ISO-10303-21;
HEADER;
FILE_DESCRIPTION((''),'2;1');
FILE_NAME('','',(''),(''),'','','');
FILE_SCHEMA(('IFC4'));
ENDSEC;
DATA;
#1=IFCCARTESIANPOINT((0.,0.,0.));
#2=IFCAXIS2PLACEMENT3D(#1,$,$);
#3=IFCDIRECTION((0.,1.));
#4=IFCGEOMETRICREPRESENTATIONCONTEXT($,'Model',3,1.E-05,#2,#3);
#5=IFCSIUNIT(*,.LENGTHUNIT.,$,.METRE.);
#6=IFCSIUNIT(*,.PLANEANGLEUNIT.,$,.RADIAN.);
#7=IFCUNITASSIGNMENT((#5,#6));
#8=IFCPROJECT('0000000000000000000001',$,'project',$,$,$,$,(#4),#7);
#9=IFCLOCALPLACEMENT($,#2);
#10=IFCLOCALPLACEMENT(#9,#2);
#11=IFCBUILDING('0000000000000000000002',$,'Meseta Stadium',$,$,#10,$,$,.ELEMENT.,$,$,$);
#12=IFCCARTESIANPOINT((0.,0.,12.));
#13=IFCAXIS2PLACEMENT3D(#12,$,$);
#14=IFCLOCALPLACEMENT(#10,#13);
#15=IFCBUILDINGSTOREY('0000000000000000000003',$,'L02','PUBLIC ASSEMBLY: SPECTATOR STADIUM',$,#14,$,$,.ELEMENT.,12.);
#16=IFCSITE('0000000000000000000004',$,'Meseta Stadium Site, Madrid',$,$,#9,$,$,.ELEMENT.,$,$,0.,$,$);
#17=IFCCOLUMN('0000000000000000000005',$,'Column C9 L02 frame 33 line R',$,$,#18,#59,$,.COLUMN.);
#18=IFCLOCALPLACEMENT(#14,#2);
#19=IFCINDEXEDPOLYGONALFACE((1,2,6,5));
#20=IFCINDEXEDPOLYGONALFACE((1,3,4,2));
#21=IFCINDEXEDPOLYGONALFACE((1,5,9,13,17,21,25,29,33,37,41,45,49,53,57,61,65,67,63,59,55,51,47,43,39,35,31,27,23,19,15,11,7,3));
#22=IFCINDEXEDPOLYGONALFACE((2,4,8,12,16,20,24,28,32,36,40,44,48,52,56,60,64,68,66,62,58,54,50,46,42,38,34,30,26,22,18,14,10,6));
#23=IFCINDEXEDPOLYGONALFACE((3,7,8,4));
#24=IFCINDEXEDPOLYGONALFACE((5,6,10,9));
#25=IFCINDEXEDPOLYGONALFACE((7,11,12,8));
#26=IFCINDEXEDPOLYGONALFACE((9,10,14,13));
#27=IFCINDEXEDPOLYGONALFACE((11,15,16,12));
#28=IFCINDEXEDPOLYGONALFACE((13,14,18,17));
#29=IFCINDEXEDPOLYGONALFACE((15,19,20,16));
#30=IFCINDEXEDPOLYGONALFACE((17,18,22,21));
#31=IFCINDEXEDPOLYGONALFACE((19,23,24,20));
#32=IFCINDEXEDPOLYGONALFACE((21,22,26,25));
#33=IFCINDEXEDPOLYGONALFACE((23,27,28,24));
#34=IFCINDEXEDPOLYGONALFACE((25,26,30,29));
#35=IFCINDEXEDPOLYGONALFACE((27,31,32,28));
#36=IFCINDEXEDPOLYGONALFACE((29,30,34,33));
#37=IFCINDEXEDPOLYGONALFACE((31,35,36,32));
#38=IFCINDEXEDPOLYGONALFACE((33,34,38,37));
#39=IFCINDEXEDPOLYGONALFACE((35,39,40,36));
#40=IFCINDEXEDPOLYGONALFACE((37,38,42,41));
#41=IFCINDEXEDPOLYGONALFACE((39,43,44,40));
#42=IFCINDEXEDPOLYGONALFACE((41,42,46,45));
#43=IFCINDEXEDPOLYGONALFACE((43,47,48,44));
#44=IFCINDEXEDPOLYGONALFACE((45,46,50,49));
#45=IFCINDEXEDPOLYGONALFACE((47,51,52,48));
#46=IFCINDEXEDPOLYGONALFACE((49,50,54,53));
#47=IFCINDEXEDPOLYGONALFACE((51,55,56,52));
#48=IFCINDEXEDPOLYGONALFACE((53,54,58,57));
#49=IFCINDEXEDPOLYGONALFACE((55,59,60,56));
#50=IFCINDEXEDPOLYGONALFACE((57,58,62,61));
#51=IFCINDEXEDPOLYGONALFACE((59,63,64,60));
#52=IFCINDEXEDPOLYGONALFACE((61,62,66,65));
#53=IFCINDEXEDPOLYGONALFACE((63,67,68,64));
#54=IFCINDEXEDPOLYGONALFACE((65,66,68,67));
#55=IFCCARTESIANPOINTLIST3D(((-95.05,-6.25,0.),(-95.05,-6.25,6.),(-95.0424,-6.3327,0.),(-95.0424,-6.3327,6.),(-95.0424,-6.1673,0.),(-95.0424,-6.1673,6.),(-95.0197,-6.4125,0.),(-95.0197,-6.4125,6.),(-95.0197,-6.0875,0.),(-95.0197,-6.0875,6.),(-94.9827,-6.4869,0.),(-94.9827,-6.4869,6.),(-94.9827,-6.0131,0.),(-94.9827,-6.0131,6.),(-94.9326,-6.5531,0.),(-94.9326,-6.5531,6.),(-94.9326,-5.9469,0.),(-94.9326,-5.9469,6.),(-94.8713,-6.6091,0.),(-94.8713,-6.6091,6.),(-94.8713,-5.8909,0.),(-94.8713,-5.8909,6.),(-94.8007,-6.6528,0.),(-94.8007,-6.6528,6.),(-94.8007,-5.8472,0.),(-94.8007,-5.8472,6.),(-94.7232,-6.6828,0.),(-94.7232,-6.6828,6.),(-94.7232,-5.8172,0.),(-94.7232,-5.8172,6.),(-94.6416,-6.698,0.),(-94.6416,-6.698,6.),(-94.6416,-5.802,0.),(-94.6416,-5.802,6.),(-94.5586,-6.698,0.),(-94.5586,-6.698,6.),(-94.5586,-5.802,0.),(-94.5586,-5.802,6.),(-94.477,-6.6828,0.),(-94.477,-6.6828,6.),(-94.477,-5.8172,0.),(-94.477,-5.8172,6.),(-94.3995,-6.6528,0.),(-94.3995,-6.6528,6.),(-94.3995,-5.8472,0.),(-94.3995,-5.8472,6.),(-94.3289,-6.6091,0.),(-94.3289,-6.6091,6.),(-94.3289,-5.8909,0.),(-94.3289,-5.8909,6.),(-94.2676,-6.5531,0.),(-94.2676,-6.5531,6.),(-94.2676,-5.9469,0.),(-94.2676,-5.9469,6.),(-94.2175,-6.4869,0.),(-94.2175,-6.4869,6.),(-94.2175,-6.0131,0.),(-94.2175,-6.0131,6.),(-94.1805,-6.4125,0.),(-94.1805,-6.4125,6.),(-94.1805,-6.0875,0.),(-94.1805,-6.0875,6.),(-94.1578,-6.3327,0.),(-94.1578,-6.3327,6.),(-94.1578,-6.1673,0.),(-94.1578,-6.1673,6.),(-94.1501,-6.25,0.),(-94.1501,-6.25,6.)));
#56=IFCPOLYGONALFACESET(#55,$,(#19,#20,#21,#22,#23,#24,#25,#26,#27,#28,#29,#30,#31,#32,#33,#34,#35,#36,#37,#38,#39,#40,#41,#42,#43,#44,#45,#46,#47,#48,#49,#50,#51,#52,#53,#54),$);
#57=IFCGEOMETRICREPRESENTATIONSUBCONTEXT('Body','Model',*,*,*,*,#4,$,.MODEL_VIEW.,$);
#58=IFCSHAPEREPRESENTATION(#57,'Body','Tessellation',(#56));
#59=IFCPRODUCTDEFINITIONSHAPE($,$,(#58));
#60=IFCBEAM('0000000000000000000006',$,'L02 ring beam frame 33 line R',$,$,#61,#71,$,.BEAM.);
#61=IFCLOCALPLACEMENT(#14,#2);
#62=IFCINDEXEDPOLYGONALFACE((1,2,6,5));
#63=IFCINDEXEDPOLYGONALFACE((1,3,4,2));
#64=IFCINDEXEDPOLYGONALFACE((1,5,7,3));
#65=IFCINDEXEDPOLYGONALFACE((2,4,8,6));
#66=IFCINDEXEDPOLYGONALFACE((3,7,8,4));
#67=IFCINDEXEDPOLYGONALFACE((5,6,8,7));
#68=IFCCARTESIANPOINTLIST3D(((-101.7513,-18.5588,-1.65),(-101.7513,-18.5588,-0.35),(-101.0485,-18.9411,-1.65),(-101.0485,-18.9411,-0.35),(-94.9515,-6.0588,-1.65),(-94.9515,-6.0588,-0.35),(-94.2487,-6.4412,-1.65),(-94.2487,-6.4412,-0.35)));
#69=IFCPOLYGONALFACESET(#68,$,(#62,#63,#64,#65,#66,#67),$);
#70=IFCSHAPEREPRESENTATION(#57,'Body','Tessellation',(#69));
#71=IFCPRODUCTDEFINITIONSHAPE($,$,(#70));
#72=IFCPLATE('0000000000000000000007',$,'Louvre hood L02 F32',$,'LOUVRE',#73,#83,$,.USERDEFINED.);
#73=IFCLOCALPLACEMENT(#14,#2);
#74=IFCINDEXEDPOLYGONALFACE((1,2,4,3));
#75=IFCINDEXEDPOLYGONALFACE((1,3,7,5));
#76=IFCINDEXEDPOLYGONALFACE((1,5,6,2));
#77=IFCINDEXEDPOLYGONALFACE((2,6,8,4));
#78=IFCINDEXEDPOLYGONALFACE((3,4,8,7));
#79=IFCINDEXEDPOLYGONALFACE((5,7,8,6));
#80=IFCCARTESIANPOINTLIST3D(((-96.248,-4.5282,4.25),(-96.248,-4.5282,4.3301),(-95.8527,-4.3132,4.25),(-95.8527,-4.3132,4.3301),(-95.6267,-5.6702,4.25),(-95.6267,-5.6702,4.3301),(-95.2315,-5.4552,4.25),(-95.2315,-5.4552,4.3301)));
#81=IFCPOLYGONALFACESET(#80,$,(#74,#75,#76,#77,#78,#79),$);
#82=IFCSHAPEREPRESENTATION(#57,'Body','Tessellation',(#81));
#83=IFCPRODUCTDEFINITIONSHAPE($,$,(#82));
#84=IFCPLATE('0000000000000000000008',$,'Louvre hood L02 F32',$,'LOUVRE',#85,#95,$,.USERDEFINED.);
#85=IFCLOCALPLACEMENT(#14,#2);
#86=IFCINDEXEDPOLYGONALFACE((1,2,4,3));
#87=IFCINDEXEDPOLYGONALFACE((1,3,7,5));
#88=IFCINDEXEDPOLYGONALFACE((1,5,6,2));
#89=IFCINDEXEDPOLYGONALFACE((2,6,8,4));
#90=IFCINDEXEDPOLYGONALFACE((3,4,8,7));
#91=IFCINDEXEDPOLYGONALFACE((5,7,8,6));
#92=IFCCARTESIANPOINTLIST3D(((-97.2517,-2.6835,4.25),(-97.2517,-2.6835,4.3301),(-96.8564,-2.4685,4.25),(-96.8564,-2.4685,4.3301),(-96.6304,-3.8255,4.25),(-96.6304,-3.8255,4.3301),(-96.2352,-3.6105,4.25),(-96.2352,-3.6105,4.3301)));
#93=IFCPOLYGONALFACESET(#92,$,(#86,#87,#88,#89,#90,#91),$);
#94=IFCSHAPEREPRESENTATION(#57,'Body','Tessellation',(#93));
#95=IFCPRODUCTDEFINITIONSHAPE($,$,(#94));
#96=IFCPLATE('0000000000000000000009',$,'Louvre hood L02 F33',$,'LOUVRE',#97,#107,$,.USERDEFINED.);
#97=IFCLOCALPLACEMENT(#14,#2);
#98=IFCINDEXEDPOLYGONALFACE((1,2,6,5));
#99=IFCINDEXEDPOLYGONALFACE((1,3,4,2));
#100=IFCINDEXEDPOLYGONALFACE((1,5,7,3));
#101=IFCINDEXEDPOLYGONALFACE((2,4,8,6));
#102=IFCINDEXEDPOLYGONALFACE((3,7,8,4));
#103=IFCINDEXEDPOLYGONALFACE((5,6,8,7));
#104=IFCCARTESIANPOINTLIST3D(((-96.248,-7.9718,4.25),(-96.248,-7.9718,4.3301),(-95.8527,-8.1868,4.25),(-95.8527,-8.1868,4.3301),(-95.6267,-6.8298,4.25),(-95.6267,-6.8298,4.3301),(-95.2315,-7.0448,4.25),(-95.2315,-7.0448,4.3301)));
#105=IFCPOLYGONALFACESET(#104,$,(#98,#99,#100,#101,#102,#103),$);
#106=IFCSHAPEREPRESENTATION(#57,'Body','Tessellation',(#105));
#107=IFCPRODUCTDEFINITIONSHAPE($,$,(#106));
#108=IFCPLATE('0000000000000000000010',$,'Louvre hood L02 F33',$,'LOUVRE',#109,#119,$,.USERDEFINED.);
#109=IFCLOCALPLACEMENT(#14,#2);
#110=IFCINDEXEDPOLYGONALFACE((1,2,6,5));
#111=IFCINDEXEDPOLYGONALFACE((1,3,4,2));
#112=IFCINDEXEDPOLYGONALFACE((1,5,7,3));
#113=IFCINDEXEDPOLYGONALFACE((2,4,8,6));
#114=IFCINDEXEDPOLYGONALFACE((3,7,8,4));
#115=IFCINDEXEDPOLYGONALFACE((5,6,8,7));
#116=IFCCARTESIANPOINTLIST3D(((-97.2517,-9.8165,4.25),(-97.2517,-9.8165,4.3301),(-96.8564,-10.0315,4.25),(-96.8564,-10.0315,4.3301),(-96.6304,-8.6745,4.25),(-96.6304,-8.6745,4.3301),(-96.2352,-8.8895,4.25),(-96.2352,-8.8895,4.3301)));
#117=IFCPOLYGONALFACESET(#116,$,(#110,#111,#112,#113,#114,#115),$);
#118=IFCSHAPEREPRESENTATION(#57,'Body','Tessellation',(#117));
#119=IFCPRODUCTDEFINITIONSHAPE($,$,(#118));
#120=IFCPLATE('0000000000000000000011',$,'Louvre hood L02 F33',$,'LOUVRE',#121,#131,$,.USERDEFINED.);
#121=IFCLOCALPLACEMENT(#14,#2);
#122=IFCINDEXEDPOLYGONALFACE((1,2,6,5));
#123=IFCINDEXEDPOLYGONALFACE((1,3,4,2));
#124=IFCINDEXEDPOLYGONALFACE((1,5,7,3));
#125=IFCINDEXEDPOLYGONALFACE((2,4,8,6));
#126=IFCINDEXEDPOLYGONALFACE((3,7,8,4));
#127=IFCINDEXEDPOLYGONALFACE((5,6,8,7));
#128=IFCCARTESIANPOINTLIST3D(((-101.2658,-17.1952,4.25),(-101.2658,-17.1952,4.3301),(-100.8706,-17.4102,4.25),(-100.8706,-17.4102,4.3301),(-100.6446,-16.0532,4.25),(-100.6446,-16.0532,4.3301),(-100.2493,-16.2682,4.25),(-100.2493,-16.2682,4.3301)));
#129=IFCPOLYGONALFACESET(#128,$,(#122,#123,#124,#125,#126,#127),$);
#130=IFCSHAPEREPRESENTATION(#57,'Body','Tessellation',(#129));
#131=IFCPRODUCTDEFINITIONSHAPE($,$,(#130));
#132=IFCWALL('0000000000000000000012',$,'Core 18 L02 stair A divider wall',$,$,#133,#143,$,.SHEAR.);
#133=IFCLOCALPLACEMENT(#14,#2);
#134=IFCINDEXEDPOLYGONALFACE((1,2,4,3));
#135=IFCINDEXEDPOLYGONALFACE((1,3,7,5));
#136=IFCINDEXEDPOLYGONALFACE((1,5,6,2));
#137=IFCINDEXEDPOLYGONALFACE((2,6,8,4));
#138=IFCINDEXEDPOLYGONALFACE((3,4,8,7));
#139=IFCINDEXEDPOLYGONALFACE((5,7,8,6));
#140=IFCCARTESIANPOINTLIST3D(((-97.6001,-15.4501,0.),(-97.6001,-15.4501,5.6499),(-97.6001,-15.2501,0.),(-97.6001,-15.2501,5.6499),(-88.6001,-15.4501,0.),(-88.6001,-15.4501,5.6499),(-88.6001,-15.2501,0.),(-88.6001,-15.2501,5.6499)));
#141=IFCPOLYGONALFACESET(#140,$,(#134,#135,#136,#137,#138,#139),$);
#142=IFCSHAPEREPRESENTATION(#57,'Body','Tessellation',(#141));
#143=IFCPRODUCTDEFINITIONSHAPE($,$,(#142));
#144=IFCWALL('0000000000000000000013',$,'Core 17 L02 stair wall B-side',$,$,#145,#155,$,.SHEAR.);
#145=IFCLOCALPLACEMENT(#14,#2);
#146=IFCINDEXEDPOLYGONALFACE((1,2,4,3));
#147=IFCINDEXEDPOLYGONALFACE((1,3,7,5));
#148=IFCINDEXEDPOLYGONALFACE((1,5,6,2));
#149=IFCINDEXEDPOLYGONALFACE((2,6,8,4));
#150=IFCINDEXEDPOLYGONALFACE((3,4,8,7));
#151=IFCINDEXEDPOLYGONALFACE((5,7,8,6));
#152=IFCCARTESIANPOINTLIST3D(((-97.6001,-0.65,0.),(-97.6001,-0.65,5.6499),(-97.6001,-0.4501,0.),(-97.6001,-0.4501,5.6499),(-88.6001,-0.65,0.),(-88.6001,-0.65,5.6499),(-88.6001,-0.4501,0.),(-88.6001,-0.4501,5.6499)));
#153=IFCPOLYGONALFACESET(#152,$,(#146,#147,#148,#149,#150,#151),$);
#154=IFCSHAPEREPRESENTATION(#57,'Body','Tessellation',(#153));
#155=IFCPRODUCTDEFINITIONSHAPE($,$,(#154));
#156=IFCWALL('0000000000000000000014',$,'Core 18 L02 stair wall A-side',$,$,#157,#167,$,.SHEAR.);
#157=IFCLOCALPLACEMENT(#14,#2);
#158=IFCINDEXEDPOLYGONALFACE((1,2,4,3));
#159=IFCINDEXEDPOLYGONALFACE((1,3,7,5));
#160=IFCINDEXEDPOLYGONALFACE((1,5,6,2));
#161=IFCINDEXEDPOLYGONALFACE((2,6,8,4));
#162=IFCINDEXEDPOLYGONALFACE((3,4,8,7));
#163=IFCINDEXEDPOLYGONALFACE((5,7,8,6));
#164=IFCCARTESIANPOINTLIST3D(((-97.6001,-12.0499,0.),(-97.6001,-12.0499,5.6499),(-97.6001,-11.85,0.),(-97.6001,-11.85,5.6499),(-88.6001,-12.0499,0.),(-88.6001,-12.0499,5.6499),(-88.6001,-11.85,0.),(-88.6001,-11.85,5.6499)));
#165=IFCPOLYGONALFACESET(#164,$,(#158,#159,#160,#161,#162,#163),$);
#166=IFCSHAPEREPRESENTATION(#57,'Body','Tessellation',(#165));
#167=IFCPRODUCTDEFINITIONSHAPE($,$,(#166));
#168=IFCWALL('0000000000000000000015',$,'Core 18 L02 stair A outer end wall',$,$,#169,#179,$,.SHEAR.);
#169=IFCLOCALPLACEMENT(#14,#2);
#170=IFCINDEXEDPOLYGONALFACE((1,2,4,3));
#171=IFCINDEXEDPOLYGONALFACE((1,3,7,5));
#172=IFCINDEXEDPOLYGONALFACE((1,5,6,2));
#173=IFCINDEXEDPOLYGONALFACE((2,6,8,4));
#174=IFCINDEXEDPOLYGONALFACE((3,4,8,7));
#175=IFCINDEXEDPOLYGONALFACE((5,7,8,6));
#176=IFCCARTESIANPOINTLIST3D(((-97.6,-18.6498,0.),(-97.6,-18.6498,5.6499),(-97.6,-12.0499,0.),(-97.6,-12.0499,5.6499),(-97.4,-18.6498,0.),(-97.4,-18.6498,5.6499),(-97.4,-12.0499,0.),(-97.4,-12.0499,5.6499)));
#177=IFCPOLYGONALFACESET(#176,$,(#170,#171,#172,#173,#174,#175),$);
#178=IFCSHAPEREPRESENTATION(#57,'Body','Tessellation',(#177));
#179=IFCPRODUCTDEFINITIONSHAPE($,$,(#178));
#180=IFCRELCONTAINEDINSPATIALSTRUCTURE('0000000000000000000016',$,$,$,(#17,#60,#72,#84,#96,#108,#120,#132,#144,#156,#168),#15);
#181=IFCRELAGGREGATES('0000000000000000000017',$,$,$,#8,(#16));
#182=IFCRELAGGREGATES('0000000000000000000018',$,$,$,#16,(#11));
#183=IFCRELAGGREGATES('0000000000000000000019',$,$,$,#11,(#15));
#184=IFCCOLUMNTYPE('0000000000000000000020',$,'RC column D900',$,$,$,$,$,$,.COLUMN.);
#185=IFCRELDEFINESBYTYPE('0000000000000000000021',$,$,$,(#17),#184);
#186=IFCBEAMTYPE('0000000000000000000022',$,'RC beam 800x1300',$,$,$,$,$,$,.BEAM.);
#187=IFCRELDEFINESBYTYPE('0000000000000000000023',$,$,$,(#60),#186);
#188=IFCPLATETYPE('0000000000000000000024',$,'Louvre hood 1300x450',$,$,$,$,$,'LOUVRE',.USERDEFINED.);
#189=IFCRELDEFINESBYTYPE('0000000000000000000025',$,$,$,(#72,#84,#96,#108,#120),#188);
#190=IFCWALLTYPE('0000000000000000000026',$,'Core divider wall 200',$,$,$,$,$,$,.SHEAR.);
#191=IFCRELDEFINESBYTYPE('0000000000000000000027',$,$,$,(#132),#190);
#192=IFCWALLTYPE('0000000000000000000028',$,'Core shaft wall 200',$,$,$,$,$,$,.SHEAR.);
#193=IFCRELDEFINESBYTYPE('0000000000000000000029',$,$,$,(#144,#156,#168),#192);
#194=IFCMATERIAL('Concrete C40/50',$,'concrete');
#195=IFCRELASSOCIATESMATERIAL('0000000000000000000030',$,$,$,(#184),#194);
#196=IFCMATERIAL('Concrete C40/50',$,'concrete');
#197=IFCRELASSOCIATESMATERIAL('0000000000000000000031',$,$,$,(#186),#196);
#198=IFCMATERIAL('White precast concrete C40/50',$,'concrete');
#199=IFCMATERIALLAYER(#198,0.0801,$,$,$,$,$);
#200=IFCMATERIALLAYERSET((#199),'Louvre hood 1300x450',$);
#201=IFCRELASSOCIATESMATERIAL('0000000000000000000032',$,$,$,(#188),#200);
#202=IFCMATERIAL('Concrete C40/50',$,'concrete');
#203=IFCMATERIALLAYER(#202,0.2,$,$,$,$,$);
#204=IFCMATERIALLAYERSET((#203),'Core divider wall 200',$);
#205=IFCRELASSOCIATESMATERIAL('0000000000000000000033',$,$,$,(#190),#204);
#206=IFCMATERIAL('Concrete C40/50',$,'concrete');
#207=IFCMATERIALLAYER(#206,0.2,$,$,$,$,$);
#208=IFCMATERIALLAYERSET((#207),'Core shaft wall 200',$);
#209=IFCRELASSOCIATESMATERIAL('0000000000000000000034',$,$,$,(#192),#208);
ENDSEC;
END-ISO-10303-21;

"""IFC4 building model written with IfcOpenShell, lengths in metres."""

from ifc_helpers import new_model, si_unit, direction, frame, frame_2d, origin, origin_2d, place, context, subcontext, project, spatial, rectangle, circle, extrude, material, layer, layer_set, material_profile, profile_set, type_object, element, save


model = new_model("IFC4")

# Units and contexts
model_context = context("Model", 3, precision=1e-05, world=origin(), true_north=direction((0.0, 1.0)))
body_context = subcontext(model_context, "Body", "Model", "MODEL_VIEW")
ifc_project = project(units=[si_unit("LENGTHUNIT", "METRE"), si_unit("PLANEANGLEUNIT", "RADIAN")], contexts=[model_context])

# Site, building, storey
site_placement = place(None, origin())
site = spatial("IfcSite", under=ifc_project, at=site_placement, Name="Meseta Stadium Site, Madrid", CompositionType="ELEMENT", RefElevation=0.0)
building_placement = place(site_placement, origin())
building = spatial("IfcBuilding", under=site, at=building_placement, Name="Meseta Stadium", CompositionType="ELEMENT")
storey_placement = place(building_placement, frame((0.0, 0.0, 12.0)))
storey = spatial("IfcBuildingStorey", under=building, at=storey_placement, Name="L02", Description="PUBLIC ASSEMBLY: SPECTATOR STADIUM", CompositionType="ELEMENT", Elevation=12.0)

# Column
ifc_material_1 = material(Name="Concrete C40/50", Category="concrete")
ifc_material_profile_1 = material_profile(ifc_material_1, circle(Radius=0.45, at=origin_2d()), Name="RC D900")
ifc_profile_set_1 = profile_set([ifc_material_profile_1], Name="Concrete C40/50")
column_type = type_object("IfcColumnType", Name="RC column D900", PredefinedType="COLUMN", material=ifc_profile_set_1)
column_placement = place(storey_placement, frame((-94.6001, -6.25, 0.0), z_axis=(0.0, 0.0, 1.0), x_axis=(1.0, 0.0, 0.0)))
element("IfcColumn", 1, at=column_placement, inside=storey, type_object=column_type, Name="Column C9 L02 frame 33 line R", PredefinedType="COLUMN", context=body_context, shape_type="SweptSolid", body=[
    extrude(circle(Radius=0.45, at=origin_2d()), origin(), (0.0, 0.0, 1.0), 6.0),
])

# Beam
ifc_material_2 = material(Name="Concrete C40/50", Category="concrete")
ifc_material_profile_2 = material_profile(ifc_material_2, rectangle(XDim=0.8, YDim=1.3, at=origin_2d()), Name="RC 800x1300")
ifc_profile_set_2 = profile_set([ifc_material_profile_2], Name="Concrete C40/50")
beam_type = type_object("IfcBeamType", Name="RC beam 800x1300", PredefinedType="BEAM", material=ifc_profile_set_2)
beam_placement = place(storey_placement, frame((-94.6001, -6.25, -1.0), z_axis=(-0.477856, -0.878438, 0.0), x_axis=(0.878438, -0.477856, 0.0)))
element("IfcBeam", 2, at=beam_placement, inside=storey, type_object=beam_type, Name="L02 ring beam frame 33 line R", PredefinedType="BEAM", context=body_context, shape_type="SweptSolid", body=[
    extrude(rectangle(XDim=0.8, YDim=1.3, at=origin_2d()), origin(), (0.0, 0.0, 1.0), 14.2297),
])

# Plates
ifc_material_3 = material(Name="White precast concrete C40/50", Category="concrete")
ifc_layer_1 = layer(ifc_material_3, 0.0801)
ifc_layer_set_1 = layer_set([ifc_layer_1], Name="Louvre hood 1300x450")
plate_type = type_object("IfcPlateType", Name="Louvre hood 1300x450", ElementType="LOUVRE", PredefinedType="USERDEFINED", material=ifc_layer_set_1)
for number, where, z_axis, x_axis, name in (
    (3, (-95.7397, -4.9917, 4.25), (0.0, 0.0, 1.0), (0.477867, -0.878432, 0.0), "Louvre hood L02 F32"),
    (4, (-96.7434, -3.147, 4.25), (0.0, 0.0, 1.0), (0.477867, -0.878432, 0.0), "Louvre hood L02 F32"),
    (5, (-95.7397, -7.5083, 4.25), (0.0, 0.0, 1.0), (-0.477867, -0.878432, 0.0), "Louvre hood L02 F33"),
    (6, (-96.7434, -9.353, 4.25), (0.0, 0.0, 1.0), (-0.477867, -0.878432, 0.0), "Louvre hood L02 F33"),
    (7, (-100.7576, -16.7317, 4.25), (0.0, 0.0, 1.0), (-0.477867, -0.878432, 0.0), "Louvre hood L02 F33"),
):
    element("IfcPlate", number, at=place(storey_placement, frame(where, z_axis=z_axis, x_axis=x_axis)), inside=storey, type_object=plate_type, Name=name, ObjectType="LOUVRE", PredefinedType="USERDEFINED", context=body_context, shape_type="SweptSolid", body=[
        extrude(rectangle(XDim=1.3, YDim=0.45, at=origin_2d()), origin(), (0.0, 0.0, 1.0), 0.0801),
    ])

# Walls
ifc_material_4 = material(Name="Concrete C40/50", Category="concrete")
ifc_layer_2 = layer(ifc_material_4, 0.2)
ifc_layer_set_2 = layer_set([ifc_layer_2], Name="Core divider wall 200")
wall_type_1 = type_object("IfcWallType", Name="Core divider wall 200", PredefinedType="SHEAR", material=ifc_layer_set_2)
wall_1_placement = place(storey_placement, frame((-97.6001, -15.3501, 0.0), z_axis=(0.0, 0.0, 1.0), x_axis=(1.0, 0.0, 0.0)))
element("IfcWall", 8, at=wall_1_placement, inside=storey, type_object=wall_type_1, Name="Core 18 L02 stair A divider wall", PredefinedType="SHEAR", context=body_context, shape_type="SweptSolid", body=[
    extrude(rectangle(XDim=9.0, YDim=0.2, at=frame_2d((4.5, 0.0))), origin(), (0.0, 0.0, 1.0), 5.6499),
])
ifc_material_5 = material(Name="Concrete C40/50", Category="concrete")
ifc_layer_3 = layer(ifc_material_5, 0.2)
ifc_layer_set_3 = layer_set([ifc_layer_3], Name="Core shaft wall 200")
wall_type_2 = type_object("IfcWallType", Name="Core shaft wall 200", PredefinedType="SHEAR", material=ifc_layer_set_3)
for number, where, z_axis, x_axis, name in (
    (9, (-97.6001, -0.55, 0.0), (0.0, 0.0, 1.0), (1.0, 0.0, 0.0), "Core 17 L02 stair wall B-side"),
    (10, (-97.6001, -11.95, 0.0), (0.0, 0.0, 1.0), (1.0, 0.0, 0.0), "Core 18 L02 stair wall A-side"),
):
    element("IfcWall", number, at=place(storey_placement, frame(where, z_axis=z_axis, x_axis=x_axis)), inside=storey, type_object=wall_type_2, Name=name, PredefinedType="SHEAR", context=body_context, shape_type="SweptSolid", body=[
        extrude(rectangle(XDim=9.0, YDim=0.2, at=frame_2d((4.5, 0.0))), origin(), (0.0, 0.0, 1.0), 5.6499),
    ])
wall_2_placement = place(storey_placement, frame((-97.5, -12.05, 0.0), z_axis=(0.0, 0.0, 1.0), x_axis=(0.0, -1.0, 0.0)))
element("IfcWall", 11, at=wall_2_placement, inside=storey, type_object=wall_type_2, Name="Core 18 L02 stair A outer end wall", PredefinedType="SHEAR", context=body_context, shape_type="SweptSolid", body=[
    extrude(rectangle(XDim=6.5999, YDim=0.2, at=frame_2d((3.2998, 0.0))), origin(), (0.0, 0.0, 1.0), 5.6499),
])

save(model, "model.ifc")
